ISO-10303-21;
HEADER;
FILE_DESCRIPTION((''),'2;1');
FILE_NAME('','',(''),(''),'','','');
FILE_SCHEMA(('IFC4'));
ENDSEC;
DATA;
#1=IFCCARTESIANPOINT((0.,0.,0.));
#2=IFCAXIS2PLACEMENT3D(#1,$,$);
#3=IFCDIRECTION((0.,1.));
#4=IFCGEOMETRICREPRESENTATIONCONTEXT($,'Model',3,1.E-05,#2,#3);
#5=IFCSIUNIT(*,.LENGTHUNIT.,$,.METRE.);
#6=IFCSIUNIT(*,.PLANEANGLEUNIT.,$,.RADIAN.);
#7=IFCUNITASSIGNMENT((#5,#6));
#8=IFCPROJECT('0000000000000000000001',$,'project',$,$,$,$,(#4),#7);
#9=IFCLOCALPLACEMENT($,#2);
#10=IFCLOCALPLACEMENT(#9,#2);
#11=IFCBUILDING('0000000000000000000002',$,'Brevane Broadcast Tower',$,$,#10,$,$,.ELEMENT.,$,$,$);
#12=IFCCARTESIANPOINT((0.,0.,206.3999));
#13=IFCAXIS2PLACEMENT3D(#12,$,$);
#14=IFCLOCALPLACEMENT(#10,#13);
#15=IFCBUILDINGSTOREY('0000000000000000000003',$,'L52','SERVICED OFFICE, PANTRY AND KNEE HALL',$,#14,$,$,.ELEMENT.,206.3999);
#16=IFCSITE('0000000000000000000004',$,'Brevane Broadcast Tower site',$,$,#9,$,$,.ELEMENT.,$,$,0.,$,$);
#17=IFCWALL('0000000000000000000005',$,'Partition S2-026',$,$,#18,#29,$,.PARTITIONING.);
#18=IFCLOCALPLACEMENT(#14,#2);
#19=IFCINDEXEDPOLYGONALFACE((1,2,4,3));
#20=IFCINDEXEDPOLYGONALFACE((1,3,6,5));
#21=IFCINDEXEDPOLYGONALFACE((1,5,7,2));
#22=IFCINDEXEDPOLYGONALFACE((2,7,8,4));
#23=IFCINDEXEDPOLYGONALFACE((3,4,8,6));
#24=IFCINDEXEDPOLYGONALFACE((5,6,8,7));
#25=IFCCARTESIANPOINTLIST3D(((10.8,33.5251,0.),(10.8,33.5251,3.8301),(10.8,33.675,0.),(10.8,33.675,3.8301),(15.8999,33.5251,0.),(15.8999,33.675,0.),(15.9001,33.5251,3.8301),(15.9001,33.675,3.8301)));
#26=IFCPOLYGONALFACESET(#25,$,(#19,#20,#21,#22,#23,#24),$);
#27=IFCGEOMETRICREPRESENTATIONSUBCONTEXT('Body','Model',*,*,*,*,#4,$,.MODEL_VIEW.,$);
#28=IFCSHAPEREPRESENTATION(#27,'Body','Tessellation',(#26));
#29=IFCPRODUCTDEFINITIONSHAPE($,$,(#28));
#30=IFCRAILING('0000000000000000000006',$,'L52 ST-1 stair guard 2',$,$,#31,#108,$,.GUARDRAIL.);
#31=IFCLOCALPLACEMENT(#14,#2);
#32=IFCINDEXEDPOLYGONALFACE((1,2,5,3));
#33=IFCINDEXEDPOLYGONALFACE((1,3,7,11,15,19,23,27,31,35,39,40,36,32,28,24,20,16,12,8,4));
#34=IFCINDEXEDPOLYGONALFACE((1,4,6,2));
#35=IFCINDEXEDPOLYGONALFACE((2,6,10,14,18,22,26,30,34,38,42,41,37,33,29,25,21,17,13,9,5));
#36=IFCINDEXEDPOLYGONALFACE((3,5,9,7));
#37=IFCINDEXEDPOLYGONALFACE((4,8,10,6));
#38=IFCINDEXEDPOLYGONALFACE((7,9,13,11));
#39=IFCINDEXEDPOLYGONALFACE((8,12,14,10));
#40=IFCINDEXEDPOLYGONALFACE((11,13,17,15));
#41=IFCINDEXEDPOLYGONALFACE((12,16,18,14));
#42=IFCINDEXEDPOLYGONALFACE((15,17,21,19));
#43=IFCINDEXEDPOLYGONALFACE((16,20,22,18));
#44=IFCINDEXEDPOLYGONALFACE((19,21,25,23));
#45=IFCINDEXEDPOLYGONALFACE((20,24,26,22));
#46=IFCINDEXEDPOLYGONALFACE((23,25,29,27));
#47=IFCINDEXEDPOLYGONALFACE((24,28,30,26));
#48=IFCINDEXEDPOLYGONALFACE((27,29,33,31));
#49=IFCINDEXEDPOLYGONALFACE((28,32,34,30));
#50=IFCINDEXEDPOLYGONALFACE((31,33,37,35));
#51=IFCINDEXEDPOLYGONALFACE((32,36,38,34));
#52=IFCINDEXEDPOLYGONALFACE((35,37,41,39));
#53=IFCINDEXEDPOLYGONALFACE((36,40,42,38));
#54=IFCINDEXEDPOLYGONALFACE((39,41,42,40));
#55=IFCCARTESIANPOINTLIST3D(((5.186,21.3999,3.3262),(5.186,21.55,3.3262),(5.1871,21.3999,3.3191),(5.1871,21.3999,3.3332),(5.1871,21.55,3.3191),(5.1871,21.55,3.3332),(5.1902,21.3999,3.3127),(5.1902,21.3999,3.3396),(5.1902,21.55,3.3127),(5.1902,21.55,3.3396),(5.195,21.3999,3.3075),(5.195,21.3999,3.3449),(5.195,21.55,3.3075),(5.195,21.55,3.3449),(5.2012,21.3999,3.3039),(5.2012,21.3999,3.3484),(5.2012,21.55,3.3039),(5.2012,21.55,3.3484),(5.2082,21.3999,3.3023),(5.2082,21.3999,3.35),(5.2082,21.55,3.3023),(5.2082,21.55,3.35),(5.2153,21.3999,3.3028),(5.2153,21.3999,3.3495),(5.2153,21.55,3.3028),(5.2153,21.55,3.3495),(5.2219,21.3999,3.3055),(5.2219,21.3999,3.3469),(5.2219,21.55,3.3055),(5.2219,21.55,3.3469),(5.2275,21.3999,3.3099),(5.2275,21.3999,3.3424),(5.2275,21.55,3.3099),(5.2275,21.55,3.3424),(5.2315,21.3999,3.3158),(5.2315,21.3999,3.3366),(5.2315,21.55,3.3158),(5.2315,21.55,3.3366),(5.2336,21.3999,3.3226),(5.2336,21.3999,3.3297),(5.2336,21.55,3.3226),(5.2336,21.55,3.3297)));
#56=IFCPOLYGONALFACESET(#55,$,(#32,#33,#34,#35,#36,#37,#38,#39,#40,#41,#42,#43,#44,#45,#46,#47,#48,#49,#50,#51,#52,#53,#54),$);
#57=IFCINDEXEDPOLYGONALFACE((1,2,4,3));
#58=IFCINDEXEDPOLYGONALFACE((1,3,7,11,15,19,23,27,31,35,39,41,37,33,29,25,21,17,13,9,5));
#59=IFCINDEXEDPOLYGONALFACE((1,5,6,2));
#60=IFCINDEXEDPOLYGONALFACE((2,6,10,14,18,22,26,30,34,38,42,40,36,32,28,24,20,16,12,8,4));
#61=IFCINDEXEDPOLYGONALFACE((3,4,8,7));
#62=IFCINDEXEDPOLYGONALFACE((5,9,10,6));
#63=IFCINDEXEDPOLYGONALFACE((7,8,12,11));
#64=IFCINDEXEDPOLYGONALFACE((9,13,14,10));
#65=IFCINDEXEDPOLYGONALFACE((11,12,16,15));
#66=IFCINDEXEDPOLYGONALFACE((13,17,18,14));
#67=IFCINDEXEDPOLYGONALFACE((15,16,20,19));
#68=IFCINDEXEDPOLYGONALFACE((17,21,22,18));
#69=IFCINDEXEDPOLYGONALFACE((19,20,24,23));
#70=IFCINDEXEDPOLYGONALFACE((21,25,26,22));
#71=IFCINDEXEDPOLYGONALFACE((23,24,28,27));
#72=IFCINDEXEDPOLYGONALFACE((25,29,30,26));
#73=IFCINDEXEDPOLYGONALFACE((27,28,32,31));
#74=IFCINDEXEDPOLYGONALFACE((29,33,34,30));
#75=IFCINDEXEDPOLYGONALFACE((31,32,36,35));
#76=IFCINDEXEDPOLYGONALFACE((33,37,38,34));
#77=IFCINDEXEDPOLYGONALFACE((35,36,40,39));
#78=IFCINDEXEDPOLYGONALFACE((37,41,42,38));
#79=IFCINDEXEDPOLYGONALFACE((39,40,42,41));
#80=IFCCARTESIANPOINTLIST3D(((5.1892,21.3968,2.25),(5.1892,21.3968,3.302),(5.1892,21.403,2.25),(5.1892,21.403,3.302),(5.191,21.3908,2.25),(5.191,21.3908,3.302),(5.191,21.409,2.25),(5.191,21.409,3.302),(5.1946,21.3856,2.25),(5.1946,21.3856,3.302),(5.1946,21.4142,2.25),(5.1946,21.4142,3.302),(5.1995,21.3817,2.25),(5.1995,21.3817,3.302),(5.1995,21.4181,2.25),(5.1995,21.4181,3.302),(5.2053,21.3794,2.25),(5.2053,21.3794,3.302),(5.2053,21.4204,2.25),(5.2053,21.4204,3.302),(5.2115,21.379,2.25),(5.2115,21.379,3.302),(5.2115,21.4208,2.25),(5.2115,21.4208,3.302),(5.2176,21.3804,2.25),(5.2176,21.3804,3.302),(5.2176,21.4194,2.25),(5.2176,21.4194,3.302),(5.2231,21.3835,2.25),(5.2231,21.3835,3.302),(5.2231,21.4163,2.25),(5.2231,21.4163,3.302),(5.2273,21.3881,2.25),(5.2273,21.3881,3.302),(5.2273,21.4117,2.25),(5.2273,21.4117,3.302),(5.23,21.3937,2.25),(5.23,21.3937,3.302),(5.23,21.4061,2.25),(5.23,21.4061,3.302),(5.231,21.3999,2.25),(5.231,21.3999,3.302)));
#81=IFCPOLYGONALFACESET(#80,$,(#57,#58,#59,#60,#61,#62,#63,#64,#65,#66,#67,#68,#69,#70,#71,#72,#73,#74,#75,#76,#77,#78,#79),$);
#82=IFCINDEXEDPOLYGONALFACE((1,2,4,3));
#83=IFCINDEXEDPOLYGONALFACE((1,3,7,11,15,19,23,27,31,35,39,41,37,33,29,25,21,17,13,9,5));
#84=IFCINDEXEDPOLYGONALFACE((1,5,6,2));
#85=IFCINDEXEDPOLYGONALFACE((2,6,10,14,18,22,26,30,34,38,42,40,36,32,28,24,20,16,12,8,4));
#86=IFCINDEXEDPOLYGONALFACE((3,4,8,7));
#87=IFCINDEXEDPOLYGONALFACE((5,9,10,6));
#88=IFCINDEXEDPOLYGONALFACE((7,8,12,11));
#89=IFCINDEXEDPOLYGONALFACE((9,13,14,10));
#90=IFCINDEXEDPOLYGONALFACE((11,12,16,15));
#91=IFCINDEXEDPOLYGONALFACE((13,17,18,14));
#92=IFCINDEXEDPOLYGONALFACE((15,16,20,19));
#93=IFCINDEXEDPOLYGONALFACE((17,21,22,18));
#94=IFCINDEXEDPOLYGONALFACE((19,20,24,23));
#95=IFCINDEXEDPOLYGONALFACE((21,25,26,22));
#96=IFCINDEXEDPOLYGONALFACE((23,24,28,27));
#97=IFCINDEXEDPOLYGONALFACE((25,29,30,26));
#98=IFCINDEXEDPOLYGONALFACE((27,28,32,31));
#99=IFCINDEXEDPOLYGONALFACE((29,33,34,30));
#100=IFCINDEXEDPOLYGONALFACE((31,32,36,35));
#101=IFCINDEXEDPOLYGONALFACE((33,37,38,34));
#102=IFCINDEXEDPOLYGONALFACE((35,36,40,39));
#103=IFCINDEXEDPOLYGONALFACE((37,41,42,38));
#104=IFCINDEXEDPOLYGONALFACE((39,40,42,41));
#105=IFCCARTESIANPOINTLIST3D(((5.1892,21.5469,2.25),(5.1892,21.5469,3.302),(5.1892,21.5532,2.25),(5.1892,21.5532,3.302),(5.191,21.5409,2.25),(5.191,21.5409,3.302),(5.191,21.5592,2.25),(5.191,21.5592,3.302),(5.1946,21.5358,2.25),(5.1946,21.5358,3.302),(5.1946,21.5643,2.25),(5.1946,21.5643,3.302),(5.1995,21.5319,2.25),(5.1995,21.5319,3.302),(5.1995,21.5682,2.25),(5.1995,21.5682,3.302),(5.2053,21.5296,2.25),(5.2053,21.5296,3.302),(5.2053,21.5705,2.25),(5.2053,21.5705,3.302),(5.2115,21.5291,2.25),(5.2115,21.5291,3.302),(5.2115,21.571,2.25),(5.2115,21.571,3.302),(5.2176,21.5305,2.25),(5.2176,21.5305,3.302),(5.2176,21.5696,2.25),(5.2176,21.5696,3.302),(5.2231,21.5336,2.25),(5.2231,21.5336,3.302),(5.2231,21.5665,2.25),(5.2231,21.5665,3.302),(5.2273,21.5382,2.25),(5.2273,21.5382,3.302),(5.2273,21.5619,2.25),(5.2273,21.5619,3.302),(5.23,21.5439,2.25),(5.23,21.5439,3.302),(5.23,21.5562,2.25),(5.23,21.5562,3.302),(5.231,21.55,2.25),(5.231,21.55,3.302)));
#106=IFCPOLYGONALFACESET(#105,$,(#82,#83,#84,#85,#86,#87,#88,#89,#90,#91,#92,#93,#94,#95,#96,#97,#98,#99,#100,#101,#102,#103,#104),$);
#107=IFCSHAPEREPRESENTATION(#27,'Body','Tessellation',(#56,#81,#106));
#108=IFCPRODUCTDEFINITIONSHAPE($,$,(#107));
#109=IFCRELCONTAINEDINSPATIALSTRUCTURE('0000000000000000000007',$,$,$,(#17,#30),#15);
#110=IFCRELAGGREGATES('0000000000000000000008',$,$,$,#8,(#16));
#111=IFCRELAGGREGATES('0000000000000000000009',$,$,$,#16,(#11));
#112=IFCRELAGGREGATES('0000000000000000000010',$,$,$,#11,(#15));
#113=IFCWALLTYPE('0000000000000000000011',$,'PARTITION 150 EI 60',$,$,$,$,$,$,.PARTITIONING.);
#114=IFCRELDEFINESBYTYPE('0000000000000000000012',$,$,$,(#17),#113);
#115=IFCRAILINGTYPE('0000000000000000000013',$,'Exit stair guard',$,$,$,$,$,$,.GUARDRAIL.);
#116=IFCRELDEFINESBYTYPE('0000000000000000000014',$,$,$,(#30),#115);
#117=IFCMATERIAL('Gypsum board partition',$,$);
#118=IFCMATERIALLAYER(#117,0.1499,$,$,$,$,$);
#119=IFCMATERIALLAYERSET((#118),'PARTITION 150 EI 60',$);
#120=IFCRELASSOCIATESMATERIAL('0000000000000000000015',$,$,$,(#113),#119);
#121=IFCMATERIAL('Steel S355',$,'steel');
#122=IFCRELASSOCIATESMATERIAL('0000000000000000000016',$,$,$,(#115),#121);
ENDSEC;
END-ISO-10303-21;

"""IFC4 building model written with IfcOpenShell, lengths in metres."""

from ifc_helpers import new_model, si_unit, direction, frame, origin, origin_2d, place, context, subcontext, project, spatial, polyline, circle, outline, extrude, material, layer, layer_set, type_object, element, save


model = new_model("IFC4")

# Units and contexts
model_context = context("Model", 3, precision=1e-05, world=origin(), true_north=direction((0.0, 1.0)))
body_context = subcontext(model_context, "Body", "Model", "MODEL_VIEW")
ifc_project = project(units=[si_unit("LENGTHUNIT", "METRE"), si_unit("PLANEANGLEUNIT", "RADIAN")], contexts=[model_context])

# Site, building, storey
site_placement = place(None, origin())
site = spatial("IfcSite", under=ifc_project, at=site_placement, Name="Brevane Broadcast Tower site", CompositionType="ELEMENT", RefElevation=0.0)
building_placement = place(site_placement, origin())
building = spatial("IfcBuilding", under=site, at=building_placement, Name="Brevane Broadcast Tower", CompositionType="ELEMENT")
storey_placement = place(building_placement, frame((0.0, 0.0, 206.3999)))
storey = spatial("IfcBuildingStorey", under=building, at=storey_placement, Name="L52", Description="SERVICED OFFICE, PANTRY AND KNEE HALL", CompositionType="ELEMENT", Elevation=206.3999)

# Shared definitions
ifc_material_1 = material(Name="Gypsum board partition")
ifc_layer_1 = layer(ifc_material_1, 0.1499)
ifc_layer_set_1 = layer_set([ifc_layer_1], Name="PARTITION 150 EI 60")
wall_type_1 = type_object("IfcWallType", Name="PARTITION 150 EI 60", PredefinedType="PARTITIONING", material=ifc_layer_set_1)

# Wall
wall_1_placement = place(storey_placement, frame((10.8, 33.6001, 0.0), z_axis=(0.0, 0.0, 1.0), x_axis=(1.0, 0.0, 0.0)))
element("IfcWall", 1, at=wall_1_placement, inside=storey, type_object=wall_type_1, Name="Partition S2-026", PredefinedType="PARTITIONING", context=body_context, shape_type="SweptSolid", body=[
    extrude(outline(polyline([(0.0, 0.0), (5.0999, 0.0), (5.1001, 3.8301), (0.0, 3.8301), (0.0, 0.0)])), frame((0.0, 0.075, 0.0), z_axis=(0.0, -1.0, 0.0), x_axis=(1.0, 0.0, 0.0)), (0.0, 0.0, 1.0), 0.1499),
])

# Railing
ifc_material_2 = material(Name="Steel S355", Category="steel")
railing_type = type_object("IfcRailingType", Name="Exit stair guard", PredefinedType="GUARDRAIL", material=ifc_material_2)
railing_placement = place(storey_placement, frame((5.21, 21.3999, 2.25)))
element("IfcRailing", 2, at=railing_placement, inside=storey, type_object=railing_type, Name="L52 ST-1 stair guard 2", PredefinedType="GUARDRAIL", context=body_context, shape_type="SweptSolid", body=[
    extrude(circle(Radius=0.0239, at=origin_2d()), frame((0.0, 0.0, 1.0762), z_axis=(0.0, 1.0, 0.0), x_axis=(-1.0, 0.0, 0.0)), (0.0, 0.0, 1.0), 0.1501),
    extrude(circle(Radius=0.021, at=origin_2d()), origin(), (0.0, 0.0, 1.0), 1.052),
    extrude(circle(Radius=0.021, at=origin_2d()), frame((0.0, 0.1501, 0.0)), (0.0, 0.0, 1.0), 1.052),
])

save(model, "model.ifc")
